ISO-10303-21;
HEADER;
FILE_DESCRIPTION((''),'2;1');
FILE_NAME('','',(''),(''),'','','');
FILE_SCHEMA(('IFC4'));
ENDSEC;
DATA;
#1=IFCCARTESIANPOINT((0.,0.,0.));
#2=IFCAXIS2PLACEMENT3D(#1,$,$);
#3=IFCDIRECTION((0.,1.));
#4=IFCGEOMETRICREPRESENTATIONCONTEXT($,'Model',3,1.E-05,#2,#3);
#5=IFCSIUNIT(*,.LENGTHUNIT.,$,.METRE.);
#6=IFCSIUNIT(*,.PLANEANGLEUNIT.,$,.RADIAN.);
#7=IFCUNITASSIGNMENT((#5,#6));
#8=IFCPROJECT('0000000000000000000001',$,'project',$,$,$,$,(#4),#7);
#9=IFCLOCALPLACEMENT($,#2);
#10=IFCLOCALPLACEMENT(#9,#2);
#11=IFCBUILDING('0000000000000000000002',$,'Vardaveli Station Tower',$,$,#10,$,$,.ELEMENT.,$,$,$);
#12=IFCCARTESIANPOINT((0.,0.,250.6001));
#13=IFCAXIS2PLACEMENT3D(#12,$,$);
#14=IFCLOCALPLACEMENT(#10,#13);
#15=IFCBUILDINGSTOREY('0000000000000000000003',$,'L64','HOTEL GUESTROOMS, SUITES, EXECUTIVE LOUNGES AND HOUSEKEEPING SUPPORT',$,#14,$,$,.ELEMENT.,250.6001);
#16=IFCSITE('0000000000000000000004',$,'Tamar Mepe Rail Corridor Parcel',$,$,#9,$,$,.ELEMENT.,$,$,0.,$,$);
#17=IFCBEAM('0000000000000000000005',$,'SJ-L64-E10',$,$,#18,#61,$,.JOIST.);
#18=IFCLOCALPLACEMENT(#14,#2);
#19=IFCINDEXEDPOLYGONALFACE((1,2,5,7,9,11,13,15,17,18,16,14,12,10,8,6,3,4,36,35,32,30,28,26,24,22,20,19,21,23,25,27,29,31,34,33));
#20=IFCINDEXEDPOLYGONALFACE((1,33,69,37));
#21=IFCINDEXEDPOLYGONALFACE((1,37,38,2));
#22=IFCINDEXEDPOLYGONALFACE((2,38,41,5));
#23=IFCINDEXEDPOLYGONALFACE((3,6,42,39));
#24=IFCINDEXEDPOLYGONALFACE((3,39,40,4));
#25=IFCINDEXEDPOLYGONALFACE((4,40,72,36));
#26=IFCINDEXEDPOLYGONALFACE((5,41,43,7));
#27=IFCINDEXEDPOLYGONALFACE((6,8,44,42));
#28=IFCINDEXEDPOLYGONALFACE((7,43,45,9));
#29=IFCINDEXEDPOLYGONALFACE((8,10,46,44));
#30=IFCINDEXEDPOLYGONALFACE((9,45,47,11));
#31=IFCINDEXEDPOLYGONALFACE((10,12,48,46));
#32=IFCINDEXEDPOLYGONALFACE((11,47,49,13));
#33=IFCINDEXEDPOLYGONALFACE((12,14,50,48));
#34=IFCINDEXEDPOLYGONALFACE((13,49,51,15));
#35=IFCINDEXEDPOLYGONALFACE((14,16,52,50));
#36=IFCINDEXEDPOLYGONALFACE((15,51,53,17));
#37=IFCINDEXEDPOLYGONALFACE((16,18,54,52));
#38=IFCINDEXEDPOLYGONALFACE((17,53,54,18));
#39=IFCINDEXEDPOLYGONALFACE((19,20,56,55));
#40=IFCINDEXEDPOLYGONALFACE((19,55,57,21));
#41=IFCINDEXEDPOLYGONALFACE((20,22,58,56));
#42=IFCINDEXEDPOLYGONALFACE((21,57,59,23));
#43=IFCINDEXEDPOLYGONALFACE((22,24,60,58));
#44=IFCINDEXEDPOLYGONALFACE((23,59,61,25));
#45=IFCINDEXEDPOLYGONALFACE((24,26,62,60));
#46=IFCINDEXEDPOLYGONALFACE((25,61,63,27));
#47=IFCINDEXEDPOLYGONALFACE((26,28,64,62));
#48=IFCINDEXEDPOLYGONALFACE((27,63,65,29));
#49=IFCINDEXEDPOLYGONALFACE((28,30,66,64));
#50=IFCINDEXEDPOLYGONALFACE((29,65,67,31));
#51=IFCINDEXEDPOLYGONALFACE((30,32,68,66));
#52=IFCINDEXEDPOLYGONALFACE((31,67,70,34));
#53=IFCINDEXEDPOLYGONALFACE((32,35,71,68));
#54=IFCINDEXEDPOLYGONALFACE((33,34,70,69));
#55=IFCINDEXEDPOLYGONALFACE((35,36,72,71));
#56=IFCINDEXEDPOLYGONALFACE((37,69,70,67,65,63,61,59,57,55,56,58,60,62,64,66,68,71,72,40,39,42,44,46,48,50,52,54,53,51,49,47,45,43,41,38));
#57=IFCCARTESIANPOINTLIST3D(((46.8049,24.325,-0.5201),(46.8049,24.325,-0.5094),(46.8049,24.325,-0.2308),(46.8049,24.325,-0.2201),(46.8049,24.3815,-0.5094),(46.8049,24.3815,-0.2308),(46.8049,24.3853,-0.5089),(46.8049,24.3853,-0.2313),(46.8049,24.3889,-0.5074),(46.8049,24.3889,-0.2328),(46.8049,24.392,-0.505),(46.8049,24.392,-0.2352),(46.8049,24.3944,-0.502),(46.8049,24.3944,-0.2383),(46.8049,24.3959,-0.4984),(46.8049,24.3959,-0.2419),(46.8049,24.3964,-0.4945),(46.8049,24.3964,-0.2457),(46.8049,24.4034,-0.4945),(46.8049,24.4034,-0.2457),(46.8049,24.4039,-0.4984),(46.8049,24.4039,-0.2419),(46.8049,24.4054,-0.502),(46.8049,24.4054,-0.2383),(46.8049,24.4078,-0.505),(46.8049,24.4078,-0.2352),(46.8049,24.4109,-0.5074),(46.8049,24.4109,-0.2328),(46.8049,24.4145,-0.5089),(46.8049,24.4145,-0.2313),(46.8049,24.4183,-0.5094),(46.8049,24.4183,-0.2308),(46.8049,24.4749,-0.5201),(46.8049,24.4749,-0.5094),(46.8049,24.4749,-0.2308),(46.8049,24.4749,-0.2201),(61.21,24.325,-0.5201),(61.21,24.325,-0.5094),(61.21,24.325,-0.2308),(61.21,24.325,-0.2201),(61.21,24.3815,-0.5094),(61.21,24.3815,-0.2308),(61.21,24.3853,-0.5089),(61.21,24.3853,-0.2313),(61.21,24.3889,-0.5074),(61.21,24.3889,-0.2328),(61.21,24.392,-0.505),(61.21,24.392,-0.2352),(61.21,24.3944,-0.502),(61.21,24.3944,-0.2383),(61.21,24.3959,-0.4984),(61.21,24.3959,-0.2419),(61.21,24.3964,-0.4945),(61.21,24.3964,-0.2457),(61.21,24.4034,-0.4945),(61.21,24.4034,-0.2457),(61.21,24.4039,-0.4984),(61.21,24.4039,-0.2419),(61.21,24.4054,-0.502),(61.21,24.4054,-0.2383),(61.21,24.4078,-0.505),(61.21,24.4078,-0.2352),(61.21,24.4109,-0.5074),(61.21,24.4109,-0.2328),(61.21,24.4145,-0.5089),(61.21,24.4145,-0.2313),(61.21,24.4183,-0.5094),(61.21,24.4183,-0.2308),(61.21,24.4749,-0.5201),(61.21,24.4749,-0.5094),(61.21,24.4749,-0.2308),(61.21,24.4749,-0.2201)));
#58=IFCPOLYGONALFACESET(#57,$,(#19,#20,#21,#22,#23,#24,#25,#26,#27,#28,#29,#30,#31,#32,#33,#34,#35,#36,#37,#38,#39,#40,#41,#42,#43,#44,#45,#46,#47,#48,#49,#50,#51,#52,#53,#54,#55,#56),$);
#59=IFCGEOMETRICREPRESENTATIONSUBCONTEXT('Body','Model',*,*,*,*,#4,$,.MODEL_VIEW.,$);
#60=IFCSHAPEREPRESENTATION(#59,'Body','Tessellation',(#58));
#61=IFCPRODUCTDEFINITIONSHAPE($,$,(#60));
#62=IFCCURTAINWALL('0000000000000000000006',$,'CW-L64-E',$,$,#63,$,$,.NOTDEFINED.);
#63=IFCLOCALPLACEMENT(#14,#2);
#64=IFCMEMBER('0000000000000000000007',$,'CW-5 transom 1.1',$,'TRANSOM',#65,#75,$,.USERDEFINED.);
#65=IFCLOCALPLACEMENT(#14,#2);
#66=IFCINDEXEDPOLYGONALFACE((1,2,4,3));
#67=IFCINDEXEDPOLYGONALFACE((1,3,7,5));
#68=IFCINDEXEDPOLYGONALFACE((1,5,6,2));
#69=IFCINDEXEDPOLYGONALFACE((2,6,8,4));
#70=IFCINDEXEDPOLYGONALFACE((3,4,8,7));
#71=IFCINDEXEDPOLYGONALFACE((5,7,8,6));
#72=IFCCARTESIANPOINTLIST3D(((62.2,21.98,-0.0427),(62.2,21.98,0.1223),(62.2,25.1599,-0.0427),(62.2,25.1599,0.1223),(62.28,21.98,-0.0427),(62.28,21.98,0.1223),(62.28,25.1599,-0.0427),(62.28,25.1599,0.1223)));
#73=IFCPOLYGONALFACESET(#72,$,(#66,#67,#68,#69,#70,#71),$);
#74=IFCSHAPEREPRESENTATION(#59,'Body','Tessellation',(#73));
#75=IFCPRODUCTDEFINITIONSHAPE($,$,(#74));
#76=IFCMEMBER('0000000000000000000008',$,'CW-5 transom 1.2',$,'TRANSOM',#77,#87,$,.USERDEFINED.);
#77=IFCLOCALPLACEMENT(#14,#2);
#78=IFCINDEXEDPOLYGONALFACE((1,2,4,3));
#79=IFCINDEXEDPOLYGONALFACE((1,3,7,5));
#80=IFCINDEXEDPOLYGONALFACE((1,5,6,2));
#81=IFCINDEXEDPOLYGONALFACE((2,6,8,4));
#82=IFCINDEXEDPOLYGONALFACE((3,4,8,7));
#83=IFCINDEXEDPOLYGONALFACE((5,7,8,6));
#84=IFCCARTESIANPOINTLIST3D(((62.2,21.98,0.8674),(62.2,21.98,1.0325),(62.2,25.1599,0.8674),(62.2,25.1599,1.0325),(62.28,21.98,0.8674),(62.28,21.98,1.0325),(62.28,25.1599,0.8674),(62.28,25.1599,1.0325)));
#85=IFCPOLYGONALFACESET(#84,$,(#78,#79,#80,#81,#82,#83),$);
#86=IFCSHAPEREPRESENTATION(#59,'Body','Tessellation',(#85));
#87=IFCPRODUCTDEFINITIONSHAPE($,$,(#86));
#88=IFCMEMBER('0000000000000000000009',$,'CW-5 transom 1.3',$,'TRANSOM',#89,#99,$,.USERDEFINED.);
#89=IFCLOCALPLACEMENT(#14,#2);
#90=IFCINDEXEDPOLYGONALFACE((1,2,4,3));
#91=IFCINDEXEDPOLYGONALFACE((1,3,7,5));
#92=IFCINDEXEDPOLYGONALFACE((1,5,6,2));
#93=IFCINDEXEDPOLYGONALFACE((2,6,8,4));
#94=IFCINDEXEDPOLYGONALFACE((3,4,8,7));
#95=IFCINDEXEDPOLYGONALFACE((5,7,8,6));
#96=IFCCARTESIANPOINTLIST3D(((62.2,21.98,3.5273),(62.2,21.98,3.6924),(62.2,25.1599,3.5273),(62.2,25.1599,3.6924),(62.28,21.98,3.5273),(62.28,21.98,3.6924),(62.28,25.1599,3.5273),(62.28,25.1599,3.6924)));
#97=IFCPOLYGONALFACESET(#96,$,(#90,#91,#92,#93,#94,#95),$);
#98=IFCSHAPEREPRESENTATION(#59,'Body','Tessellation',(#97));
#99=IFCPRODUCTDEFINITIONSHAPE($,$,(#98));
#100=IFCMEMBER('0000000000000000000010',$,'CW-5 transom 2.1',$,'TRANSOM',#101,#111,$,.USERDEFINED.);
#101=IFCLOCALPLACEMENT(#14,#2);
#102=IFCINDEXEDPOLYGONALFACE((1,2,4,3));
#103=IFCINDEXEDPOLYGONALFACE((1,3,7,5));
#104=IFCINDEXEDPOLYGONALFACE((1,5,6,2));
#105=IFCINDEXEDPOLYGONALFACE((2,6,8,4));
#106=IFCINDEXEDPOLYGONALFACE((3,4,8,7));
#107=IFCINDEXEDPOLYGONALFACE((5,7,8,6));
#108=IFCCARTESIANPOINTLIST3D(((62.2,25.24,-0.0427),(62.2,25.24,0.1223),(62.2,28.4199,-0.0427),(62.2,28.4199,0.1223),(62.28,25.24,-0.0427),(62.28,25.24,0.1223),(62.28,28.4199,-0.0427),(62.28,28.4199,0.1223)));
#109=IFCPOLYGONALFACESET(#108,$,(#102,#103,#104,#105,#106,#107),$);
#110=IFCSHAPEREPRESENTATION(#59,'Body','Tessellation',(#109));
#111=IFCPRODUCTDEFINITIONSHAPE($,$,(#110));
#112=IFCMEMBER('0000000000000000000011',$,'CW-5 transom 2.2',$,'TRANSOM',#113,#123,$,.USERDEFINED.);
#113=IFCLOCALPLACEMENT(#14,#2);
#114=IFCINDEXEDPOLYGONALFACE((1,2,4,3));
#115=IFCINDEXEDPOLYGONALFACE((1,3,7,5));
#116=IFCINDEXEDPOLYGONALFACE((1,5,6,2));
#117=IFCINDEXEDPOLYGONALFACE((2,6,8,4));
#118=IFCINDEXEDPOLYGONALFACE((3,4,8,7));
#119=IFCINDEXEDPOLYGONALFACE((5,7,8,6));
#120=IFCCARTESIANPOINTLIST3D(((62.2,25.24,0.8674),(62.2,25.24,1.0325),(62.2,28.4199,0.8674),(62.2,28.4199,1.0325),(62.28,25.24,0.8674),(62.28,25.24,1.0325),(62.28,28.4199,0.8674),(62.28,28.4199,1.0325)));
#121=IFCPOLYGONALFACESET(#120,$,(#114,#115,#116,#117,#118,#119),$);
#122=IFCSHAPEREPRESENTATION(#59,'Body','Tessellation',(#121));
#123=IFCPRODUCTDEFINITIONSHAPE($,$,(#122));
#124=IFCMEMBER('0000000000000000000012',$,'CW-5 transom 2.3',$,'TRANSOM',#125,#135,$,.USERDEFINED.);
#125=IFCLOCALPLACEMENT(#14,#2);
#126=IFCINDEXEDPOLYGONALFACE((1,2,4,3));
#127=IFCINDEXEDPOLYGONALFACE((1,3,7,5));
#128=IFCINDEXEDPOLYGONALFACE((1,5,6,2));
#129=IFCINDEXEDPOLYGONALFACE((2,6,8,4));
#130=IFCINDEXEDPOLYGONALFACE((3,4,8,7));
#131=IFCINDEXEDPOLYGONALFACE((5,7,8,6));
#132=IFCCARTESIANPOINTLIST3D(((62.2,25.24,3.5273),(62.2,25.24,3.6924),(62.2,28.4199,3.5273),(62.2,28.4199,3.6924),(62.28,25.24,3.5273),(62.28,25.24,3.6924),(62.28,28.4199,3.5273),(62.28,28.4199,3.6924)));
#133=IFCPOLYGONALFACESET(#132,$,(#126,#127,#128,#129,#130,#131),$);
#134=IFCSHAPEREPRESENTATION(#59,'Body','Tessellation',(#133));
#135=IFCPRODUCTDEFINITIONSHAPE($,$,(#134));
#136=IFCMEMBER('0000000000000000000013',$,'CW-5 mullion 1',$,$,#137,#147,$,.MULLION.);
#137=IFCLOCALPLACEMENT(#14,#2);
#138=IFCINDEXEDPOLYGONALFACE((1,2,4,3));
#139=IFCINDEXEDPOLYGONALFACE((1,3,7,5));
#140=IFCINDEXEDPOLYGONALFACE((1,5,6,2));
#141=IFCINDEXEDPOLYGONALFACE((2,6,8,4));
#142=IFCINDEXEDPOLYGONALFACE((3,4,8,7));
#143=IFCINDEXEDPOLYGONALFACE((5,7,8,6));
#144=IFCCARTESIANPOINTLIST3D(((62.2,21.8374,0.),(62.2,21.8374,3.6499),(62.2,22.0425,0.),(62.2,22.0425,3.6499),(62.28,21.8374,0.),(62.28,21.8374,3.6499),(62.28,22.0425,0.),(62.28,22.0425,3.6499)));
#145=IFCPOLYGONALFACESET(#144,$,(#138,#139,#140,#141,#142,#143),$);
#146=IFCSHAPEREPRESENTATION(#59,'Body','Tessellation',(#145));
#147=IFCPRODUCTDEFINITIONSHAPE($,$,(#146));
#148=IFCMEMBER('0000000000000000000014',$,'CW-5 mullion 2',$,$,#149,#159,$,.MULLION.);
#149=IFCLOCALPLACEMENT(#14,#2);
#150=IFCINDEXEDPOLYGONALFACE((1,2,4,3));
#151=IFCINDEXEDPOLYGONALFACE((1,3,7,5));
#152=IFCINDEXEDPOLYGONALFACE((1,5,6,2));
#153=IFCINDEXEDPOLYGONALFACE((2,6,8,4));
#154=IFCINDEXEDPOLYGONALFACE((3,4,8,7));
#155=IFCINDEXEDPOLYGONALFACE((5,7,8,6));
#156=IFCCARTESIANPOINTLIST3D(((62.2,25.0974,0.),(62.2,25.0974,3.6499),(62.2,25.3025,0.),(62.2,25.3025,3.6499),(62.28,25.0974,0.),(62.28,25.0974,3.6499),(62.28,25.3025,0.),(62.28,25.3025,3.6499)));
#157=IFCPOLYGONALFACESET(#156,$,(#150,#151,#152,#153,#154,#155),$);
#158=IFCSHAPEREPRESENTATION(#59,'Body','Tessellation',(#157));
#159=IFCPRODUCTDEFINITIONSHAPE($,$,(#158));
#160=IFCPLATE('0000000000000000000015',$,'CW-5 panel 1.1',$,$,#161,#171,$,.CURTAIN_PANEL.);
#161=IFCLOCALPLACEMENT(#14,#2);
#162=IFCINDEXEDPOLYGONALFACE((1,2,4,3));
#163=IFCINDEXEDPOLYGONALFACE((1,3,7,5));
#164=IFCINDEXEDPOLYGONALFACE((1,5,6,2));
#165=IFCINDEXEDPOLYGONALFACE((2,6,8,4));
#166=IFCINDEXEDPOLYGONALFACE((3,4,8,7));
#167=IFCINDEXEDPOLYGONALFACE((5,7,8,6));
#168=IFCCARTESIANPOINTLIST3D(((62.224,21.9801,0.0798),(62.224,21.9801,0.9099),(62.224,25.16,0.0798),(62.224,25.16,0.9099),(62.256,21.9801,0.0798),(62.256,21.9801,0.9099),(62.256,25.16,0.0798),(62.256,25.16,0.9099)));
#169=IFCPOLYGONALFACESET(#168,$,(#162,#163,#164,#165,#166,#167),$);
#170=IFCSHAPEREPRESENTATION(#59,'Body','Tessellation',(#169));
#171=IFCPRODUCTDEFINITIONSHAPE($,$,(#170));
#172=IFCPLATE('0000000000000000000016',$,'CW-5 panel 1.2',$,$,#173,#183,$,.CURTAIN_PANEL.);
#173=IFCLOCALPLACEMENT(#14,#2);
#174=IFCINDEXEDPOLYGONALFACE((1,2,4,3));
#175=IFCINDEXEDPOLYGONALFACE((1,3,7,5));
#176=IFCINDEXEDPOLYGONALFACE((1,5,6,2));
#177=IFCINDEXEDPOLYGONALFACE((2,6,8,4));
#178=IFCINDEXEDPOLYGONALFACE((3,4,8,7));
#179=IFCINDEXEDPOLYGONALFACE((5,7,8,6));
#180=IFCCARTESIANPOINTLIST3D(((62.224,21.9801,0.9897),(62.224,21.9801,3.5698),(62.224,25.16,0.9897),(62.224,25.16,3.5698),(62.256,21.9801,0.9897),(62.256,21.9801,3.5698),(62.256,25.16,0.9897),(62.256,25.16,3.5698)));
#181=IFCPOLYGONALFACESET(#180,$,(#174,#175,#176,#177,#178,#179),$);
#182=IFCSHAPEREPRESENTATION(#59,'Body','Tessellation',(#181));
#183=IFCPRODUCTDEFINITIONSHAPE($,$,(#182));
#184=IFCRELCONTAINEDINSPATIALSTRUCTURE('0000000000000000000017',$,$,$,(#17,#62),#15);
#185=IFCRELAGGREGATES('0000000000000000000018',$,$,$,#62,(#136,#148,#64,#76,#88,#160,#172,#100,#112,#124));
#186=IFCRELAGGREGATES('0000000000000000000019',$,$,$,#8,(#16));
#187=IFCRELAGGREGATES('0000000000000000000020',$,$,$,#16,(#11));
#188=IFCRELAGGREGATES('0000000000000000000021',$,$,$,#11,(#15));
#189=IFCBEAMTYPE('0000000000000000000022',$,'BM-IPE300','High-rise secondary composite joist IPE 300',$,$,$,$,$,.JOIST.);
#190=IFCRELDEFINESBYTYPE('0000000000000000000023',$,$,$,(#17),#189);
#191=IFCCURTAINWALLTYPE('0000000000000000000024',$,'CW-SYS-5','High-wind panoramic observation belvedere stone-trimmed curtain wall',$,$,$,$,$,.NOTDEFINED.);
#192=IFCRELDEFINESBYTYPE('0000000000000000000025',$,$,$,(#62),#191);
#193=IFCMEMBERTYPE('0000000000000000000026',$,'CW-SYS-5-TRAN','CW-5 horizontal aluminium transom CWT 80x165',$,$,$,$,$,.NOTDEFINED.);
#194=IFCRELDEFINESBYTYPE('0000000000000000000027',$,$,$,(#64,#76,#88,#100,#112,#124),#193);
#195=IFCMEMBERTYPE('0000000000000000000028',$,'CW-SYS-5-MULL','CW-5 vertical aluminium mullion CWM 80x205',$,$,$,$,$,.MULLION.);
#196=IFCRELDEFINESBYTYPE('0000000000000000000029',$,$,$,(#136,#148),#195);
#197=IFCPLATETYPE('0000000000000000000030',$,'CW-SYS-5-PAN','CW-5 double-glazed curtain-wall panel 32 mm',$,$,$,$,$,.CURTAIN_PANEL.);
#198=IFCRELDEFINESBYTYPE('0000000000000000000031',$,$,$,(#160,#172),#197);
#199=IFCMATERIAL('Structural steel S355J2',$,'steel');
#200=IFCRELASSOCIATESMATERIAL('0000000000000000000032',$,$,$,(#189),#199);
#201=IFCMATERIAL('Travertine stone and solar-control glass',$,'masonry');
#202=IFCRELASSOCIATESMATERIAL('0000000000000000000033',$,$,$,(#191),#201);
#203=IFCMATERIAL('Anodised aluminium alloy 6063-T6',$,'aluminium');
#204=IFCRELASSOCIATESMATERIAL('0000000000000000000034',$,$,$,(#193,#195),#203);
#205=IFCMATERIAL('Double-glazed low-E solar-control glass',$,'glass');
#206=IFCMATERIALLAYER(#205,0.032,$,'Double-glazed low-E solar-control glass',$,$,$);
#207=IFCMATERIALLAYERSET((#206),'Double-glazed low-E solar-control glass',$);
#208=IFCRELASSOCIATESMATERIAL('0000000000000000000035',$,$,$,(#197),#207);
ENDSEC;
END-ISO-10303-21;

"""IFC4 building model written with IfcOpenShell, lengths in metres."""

from ifc_helpers import new_model, si_unit, direction, frame, origin, origin_2d, place, context, subcontext, project, spatial, rectangle, i_section, extrude, source, transform, mapped, material, layer, layer_set, material_profile, profile_set, type_object, element, aggregate, save


model = new_model("IFC4")

# Units and contexts
model_context = context("Model", 3, precision=1e-05, world=origin(), true_north=direction((0.0, 1.0)))
body_context = subcontext(model_context, "Body", "Model", "MODEL_VIEW")
ifc_project = project(units=[si_unit("LENGTHUNIT", "METRE"), si_unit("PLANEANGLEUNIT", "RADIAN")], contexts=[model_context])

# Site, building, storey
site_placement = place(None, origin())
site = spatial("IfcSite", under=ifc_project, at=site_placement, Name="Tamar Mepe Rail Corridor Parcel", CompositionType="ELEMENT", RefElevation=0.0)
building_placement = place(site_placement, origin())
building = spatial("IfcBuilding", under=site, at=building_placement, Name="Vardaveli Station Tower", CompositionType="ELEMENT")
storey_placement = place(building_placement, frame((0.0, 0.0, 250.6001)))
storey = spatial("IfcBuildingStorey", under=building, at=storey_placement, Name="L64", Description="HOTEL GUESTROOMS, SUITES, EXECUTIVE LOUNGES AND HOUSEKEEPING SUPPORT", CompositionType="ELEMENT", Elevation=250.6001)

# Beam
ifc_material_1 = material(Name="Structural steel S355J2", Category="steel")
ifc_material_profile_1 = material_profile(ifc_material_1, i_section(OverallWidth=0.1499, OverallDepth=0.3, WebThickness=0.0071, FlangeThickness=0.0107, FilletRadius=0.0149, at=origin_2d()), Name="IPE 300")
ifc_profile_set_1 = profile_set([ifc_material_profile_1], Name="Structural steel S355J2")
beam_type_1 = type_object("IfcBeamType", Name="BM-IPE300", Description="High-rise secondary composite joist IPE 300", PredefinedType="JOIST", material=ifc_profile_set_1)
shared_shape_1 = source(origin(), body_context, "Body", "SweptSolid", [
    extrude(i_section(OverallWidth=0.1499, OverallDepth=0.3, WebThickness=0.0071, FlangeThickness=0.0107, FilletRadius=0.0149, at=origin_2d()), origin(), (0.0, 0.0, 1.0), 14.405),
])
for number, where, z_axis, x_axis, name in (
    (1, (46.8049, 24.3999, -0.3701), (1.0, 0.0, 0.0), (0.0, 1.0, 0.0), "SJ-L64-E10"),
):
    element("IfcBeam", number, at=place(storey_placement, frame(where, z_axis=z_axis, x_axis=x_axis)), inside=storey, type_object=beam_type_1, Name=name, PredefinedType="JOIST", context=body_context, shape_type="MappedRepresentation", body=[
        mapped(shared_shape_1, transform((0.0, 0.0, 0.0), scale=1.0)),
    ])

# Curtain wall, members, plates
ifc_material_2 = material(Name="Travertine stone and solar-control glass", Category="masonry")
curtain_wall_type = type_object("IfcCurtainWallType", Name="CW-SYS-5", Description="High-wind panoramic observation belvedere stone-trimmed curtain wall", PredefinedType="NOTDEFINED", material=ifc_material_2)
curtain_wall_placement = place(storey_placement, origin())
curtain_wall = element("IfcCurtainWall", 2, at=curtain_wall_placement, inside=storey, type_object=curtain_wall_type, Name="CW-L64-E", PredefinedType="NOTDEFINED")
ifc_material_3 = material(Name="Anodised aluminium alloy 6063-T6", Category="aluminium")
ifc_material_profile_2 = material_profile(ifc_material_3, rectangle(XDim=0.0801, YDim=0.165, at=origin_2d()), Name="CWT 80x165")
ifc_profile_set_2 = profile_set([ifc_material_profile_2], Name="Anodised aluminium alloy 6063-T6")
member_type_1 = type_object("IfcMemberType", Name="CW-SYS-5-TRAN", Description="CW-5 horizontal aluminium transom CWT 80x165", PredefinedType="NOTDEFINED", material=ifc_profile_set_2)
shared_shape_2 = source(origin(), body_context, "Body", "SweptSolid", [
    extrude(rectangle(XDim=0.0801, YDim=0.165, at=origin_2d()), origin(), (0.0, 0.0, 1.0), 3.1799),
])
member_1_placement = place(storey_placement, frame((62.24, 21.98, 0.0398), z_axis=(0.0, 1.0, 0.0), x_axis=(-1.0, 0.0, 0.0)))
member_1 = element("IfcMember", 3, at=member_1_placement, type_object=member_type_1, Name="CW-5 transom 1.1", ObjectType="TRANSOM", PredefinedType="USERDEFINED", context=body_context, shape_type="MappedRepresentation", body=[
    mapped(shared_shape_2, transform((0.0, 0.0, 0.0), scale=1.0)),
])
member_2_placement = place(storey_placement, frame((62.24, 21.98, 0.95), z_axis=(0.0, 1.0, 0.0), x_axis=(-1.0, 0.0, 0.0)))
member_2 = element("IfcMember", 4, at=member_2_placement, type_object=member_type_1, Name="CW-5 transom 1.2", ObjectType="TRANSOM", PredefinedType="USERDEFINED", context=body_context, shape_type="MappedRepresentation", body=[
    mapped(shared_shape_2, transform((0.0, 0.0, 0.0), scale=1.0)),
])
member_3_placement = place(storey_placement, frame((62.24, 21.98, 3.6099), z_axis=(0.0, 1.0, 0.0), x_axis=(-1.0, 0.0, 0.0)))
member_3 = element("IfcMember", 5, at=member_3_placement, type_object=member_type_1, Name="CW-5 transom 1.3", ObjectType="TRANSOM", PredefinedType="USERDEFINED", context=body_context, shape_type="MappedRepresentation", body=[
    mapped(shared_shape_2, transform((0.0, 0.0, 0.0), scale=1.0)),
])
member_4_placement = place(storey_placement, frame((62.24, 25.24, 0.0398), z_axis=(0.0, 1.0, 0.0), x_axis=(-1.0, 0.0, 0.0)))
member_4 = element("IfcMember", 6, at=member_4_placement, type_object=member_type_1, Name="CW-5 transom 2.1", ObjectType="TRANSOM", PredefinedType="USERDEFINED", context=body_context, shape_type="MappedRepresentation", body=[
    mapped(shared_shape_2, transform((0.0, 0.0, 0.0), scale=1.0)),
])
member_5_placement = place(storey_placement, frame((62.24, 25.24, 0.95), z_axis=(0.0, 1.0, 0.0), x_axis=(-1.0, 0.0, 0.0)))
member_5 = element("IfcMember", 7, at=member_5_placement, type_object=member_type_1, Name="CW-5 transom 2.2", ObjectType="TRANSOM", PredefinedType="USERDEFINED", context=body_context, shape_type="MappedRepresentation", body=[
    mapped(shared_shape_2, transform((0.0, 0.0, 0.0), scale=1.0)),
])
member_6_placement = place(storey_placement, frame((62.24, 25.24, 3.6099), z_axis=(0.0, 1.0, 0.0), x_axis=(-1.0, 0.0, 0.0)))
member_6 = element("IfcMember", 8, at=member_6_placement, type_object=member_type_1, Name="CW-5 transom 2.3", ObjectType="TRANSOM", PredefinedType="USERDEFINED", context=body_context, shape_type="MappedRepresentation", body=[
    mapped(shared_shape_2, transform((0.0, 0.0, 0.0), scale=1.0)),
])
ifc_material_profile_3 = material_profile(ifc_material_3, rectangle(XDim=0.0801, YDim=0.2051, at=origin_2d()), Name="CWM 80x205")
ifc_profile_set_3 = profile_set([ifc_material_profile_3], Name="Anodised aluminium alloy 6063-T6")
member_type_2 = type_object("IfcMemberType", Name="CW-SYS-5-MULL", Description="CW-5 vertical aluminium mullion CWM 80x205", PredefinedType="MULLION", material=ifc_profile_set_3)
shared_shape_3 = source(origin(), body_context, "Body", "SweptSolid", [
    extrude(rectangle(XDim=0.0801, YDim=0.2051, at=origin_2d()), origin(), (0.0, 0.0, 1.0), 3.6499),
])
member_7_placement = place(storey_placement, frame((62.24, 21.9399, 0.0), z_axis=(0.0, 0.0, 1.0), x_axis=(-1.0, 0.0, 0.0)))
member_7 = element("IfcMember", 9, at=member_7_placement, type_object=member_type_2, Name="CW-5 mullion 1", PredefinedType="MULLION", context=body_context, shape_type="MappedRepresentation", body=[
    mapped(shared_shape_3, transform((0.0, 0.0, 0.0), scale=1.0)),
])
member_8_placement = place(storey_placement, frame((62.24, 25.2, 0.0), z_axis=(0.0, 0.0, 1.0), x_axis=(-1.0, 0.0, 0.0)))
member_8 = element("IfcMember", 10, at=member_8_placement, type_object=member_type_2, Name="CW-5 mullion 2", PredefinedType="MULLION", context=body_context, shape_type="MappedRepresentation", body=[
    mapped(shared_shape_3, transform((0.0, 0.0, 0.0), scale=1.0)),
])
ifc_material_4 = material(Name="Double-glazed low-E solar-control glass", Category="glass")
ifc_layer_1 = layer(ifc_material_4, 0.032, Name="Double-glazed low-E solar-control glass")
ifc_layer_set_1 = layer_set([ifc_layer_1], Name="Double-glazed low-E solar-control glass")
plate_type = type_object("IfcPlateType", Name="CW-SYS-5-PAN", Description="CW-5 double-glazed curtain-wall panel 32 mm", PredefinedType="CURTAIN_PANEL", material=ifc_layer_set_1)
shared_shape_4 = source(origin(), body_context, "Body", "SweptSolid", [
    extrude(rectangle(XDim=3.1799, YDim=0.032, at=origin_2d()), origin(), (0.0, 0.0, 1.0), 0.8301),
])
plate_1_placement = place(storey_placement, frame((62.24, 23.5701, 0.0798), z_axis=(0.0, 0.0, 1.0), x_axis=(0.0, 1.0, 0.0)))
plate_1 = element("IfcPlate", 11, at=plate_1_placement, type_object=plate_type, Name="CW-5 panel 1.1", PredefinedType="CURTAIN_PANEL", context=body_context, shape_type="MappedRepresentation", body=[
    mapped(shared_shape_4, transform((0.0, 0.0, 0.0), scale=1.0)),
])
shared_shape_5 = source(origin(), body_context, "Body", "SweptSolid", [
    extrude(rectangle(XDim=3.1799, YDim=0.032, at=origin_2d()), origin(), (0.0, 0.0, 1.0), 2.5801),
])
plate_2_placement = place(storey_placement, frame((62.24, 23.5701, 0.9897), z_axis=(0.0, 0.0, 1.0), x_axis=(0.0, 1.0, 0.0)))
plate_2 = element("IfcPlate", 12, at=plate_2_placement, type_object=plate_type, Name="CW-5 panel 1.2", PredefinedType="CURTAIN_PANEL", context=body_context, shape_type="MappedRepresentation", body=[
    mapped(shared_shape_5, transform((0.0, 0.0, 0.0), scale=1.0)),
])
aggregate(curtain_wall, [member_7, member_8, member_1, member_2, member_3, plate_1, plate_2, member_4, member_5, member_6])

save(model, "model.ifc")
